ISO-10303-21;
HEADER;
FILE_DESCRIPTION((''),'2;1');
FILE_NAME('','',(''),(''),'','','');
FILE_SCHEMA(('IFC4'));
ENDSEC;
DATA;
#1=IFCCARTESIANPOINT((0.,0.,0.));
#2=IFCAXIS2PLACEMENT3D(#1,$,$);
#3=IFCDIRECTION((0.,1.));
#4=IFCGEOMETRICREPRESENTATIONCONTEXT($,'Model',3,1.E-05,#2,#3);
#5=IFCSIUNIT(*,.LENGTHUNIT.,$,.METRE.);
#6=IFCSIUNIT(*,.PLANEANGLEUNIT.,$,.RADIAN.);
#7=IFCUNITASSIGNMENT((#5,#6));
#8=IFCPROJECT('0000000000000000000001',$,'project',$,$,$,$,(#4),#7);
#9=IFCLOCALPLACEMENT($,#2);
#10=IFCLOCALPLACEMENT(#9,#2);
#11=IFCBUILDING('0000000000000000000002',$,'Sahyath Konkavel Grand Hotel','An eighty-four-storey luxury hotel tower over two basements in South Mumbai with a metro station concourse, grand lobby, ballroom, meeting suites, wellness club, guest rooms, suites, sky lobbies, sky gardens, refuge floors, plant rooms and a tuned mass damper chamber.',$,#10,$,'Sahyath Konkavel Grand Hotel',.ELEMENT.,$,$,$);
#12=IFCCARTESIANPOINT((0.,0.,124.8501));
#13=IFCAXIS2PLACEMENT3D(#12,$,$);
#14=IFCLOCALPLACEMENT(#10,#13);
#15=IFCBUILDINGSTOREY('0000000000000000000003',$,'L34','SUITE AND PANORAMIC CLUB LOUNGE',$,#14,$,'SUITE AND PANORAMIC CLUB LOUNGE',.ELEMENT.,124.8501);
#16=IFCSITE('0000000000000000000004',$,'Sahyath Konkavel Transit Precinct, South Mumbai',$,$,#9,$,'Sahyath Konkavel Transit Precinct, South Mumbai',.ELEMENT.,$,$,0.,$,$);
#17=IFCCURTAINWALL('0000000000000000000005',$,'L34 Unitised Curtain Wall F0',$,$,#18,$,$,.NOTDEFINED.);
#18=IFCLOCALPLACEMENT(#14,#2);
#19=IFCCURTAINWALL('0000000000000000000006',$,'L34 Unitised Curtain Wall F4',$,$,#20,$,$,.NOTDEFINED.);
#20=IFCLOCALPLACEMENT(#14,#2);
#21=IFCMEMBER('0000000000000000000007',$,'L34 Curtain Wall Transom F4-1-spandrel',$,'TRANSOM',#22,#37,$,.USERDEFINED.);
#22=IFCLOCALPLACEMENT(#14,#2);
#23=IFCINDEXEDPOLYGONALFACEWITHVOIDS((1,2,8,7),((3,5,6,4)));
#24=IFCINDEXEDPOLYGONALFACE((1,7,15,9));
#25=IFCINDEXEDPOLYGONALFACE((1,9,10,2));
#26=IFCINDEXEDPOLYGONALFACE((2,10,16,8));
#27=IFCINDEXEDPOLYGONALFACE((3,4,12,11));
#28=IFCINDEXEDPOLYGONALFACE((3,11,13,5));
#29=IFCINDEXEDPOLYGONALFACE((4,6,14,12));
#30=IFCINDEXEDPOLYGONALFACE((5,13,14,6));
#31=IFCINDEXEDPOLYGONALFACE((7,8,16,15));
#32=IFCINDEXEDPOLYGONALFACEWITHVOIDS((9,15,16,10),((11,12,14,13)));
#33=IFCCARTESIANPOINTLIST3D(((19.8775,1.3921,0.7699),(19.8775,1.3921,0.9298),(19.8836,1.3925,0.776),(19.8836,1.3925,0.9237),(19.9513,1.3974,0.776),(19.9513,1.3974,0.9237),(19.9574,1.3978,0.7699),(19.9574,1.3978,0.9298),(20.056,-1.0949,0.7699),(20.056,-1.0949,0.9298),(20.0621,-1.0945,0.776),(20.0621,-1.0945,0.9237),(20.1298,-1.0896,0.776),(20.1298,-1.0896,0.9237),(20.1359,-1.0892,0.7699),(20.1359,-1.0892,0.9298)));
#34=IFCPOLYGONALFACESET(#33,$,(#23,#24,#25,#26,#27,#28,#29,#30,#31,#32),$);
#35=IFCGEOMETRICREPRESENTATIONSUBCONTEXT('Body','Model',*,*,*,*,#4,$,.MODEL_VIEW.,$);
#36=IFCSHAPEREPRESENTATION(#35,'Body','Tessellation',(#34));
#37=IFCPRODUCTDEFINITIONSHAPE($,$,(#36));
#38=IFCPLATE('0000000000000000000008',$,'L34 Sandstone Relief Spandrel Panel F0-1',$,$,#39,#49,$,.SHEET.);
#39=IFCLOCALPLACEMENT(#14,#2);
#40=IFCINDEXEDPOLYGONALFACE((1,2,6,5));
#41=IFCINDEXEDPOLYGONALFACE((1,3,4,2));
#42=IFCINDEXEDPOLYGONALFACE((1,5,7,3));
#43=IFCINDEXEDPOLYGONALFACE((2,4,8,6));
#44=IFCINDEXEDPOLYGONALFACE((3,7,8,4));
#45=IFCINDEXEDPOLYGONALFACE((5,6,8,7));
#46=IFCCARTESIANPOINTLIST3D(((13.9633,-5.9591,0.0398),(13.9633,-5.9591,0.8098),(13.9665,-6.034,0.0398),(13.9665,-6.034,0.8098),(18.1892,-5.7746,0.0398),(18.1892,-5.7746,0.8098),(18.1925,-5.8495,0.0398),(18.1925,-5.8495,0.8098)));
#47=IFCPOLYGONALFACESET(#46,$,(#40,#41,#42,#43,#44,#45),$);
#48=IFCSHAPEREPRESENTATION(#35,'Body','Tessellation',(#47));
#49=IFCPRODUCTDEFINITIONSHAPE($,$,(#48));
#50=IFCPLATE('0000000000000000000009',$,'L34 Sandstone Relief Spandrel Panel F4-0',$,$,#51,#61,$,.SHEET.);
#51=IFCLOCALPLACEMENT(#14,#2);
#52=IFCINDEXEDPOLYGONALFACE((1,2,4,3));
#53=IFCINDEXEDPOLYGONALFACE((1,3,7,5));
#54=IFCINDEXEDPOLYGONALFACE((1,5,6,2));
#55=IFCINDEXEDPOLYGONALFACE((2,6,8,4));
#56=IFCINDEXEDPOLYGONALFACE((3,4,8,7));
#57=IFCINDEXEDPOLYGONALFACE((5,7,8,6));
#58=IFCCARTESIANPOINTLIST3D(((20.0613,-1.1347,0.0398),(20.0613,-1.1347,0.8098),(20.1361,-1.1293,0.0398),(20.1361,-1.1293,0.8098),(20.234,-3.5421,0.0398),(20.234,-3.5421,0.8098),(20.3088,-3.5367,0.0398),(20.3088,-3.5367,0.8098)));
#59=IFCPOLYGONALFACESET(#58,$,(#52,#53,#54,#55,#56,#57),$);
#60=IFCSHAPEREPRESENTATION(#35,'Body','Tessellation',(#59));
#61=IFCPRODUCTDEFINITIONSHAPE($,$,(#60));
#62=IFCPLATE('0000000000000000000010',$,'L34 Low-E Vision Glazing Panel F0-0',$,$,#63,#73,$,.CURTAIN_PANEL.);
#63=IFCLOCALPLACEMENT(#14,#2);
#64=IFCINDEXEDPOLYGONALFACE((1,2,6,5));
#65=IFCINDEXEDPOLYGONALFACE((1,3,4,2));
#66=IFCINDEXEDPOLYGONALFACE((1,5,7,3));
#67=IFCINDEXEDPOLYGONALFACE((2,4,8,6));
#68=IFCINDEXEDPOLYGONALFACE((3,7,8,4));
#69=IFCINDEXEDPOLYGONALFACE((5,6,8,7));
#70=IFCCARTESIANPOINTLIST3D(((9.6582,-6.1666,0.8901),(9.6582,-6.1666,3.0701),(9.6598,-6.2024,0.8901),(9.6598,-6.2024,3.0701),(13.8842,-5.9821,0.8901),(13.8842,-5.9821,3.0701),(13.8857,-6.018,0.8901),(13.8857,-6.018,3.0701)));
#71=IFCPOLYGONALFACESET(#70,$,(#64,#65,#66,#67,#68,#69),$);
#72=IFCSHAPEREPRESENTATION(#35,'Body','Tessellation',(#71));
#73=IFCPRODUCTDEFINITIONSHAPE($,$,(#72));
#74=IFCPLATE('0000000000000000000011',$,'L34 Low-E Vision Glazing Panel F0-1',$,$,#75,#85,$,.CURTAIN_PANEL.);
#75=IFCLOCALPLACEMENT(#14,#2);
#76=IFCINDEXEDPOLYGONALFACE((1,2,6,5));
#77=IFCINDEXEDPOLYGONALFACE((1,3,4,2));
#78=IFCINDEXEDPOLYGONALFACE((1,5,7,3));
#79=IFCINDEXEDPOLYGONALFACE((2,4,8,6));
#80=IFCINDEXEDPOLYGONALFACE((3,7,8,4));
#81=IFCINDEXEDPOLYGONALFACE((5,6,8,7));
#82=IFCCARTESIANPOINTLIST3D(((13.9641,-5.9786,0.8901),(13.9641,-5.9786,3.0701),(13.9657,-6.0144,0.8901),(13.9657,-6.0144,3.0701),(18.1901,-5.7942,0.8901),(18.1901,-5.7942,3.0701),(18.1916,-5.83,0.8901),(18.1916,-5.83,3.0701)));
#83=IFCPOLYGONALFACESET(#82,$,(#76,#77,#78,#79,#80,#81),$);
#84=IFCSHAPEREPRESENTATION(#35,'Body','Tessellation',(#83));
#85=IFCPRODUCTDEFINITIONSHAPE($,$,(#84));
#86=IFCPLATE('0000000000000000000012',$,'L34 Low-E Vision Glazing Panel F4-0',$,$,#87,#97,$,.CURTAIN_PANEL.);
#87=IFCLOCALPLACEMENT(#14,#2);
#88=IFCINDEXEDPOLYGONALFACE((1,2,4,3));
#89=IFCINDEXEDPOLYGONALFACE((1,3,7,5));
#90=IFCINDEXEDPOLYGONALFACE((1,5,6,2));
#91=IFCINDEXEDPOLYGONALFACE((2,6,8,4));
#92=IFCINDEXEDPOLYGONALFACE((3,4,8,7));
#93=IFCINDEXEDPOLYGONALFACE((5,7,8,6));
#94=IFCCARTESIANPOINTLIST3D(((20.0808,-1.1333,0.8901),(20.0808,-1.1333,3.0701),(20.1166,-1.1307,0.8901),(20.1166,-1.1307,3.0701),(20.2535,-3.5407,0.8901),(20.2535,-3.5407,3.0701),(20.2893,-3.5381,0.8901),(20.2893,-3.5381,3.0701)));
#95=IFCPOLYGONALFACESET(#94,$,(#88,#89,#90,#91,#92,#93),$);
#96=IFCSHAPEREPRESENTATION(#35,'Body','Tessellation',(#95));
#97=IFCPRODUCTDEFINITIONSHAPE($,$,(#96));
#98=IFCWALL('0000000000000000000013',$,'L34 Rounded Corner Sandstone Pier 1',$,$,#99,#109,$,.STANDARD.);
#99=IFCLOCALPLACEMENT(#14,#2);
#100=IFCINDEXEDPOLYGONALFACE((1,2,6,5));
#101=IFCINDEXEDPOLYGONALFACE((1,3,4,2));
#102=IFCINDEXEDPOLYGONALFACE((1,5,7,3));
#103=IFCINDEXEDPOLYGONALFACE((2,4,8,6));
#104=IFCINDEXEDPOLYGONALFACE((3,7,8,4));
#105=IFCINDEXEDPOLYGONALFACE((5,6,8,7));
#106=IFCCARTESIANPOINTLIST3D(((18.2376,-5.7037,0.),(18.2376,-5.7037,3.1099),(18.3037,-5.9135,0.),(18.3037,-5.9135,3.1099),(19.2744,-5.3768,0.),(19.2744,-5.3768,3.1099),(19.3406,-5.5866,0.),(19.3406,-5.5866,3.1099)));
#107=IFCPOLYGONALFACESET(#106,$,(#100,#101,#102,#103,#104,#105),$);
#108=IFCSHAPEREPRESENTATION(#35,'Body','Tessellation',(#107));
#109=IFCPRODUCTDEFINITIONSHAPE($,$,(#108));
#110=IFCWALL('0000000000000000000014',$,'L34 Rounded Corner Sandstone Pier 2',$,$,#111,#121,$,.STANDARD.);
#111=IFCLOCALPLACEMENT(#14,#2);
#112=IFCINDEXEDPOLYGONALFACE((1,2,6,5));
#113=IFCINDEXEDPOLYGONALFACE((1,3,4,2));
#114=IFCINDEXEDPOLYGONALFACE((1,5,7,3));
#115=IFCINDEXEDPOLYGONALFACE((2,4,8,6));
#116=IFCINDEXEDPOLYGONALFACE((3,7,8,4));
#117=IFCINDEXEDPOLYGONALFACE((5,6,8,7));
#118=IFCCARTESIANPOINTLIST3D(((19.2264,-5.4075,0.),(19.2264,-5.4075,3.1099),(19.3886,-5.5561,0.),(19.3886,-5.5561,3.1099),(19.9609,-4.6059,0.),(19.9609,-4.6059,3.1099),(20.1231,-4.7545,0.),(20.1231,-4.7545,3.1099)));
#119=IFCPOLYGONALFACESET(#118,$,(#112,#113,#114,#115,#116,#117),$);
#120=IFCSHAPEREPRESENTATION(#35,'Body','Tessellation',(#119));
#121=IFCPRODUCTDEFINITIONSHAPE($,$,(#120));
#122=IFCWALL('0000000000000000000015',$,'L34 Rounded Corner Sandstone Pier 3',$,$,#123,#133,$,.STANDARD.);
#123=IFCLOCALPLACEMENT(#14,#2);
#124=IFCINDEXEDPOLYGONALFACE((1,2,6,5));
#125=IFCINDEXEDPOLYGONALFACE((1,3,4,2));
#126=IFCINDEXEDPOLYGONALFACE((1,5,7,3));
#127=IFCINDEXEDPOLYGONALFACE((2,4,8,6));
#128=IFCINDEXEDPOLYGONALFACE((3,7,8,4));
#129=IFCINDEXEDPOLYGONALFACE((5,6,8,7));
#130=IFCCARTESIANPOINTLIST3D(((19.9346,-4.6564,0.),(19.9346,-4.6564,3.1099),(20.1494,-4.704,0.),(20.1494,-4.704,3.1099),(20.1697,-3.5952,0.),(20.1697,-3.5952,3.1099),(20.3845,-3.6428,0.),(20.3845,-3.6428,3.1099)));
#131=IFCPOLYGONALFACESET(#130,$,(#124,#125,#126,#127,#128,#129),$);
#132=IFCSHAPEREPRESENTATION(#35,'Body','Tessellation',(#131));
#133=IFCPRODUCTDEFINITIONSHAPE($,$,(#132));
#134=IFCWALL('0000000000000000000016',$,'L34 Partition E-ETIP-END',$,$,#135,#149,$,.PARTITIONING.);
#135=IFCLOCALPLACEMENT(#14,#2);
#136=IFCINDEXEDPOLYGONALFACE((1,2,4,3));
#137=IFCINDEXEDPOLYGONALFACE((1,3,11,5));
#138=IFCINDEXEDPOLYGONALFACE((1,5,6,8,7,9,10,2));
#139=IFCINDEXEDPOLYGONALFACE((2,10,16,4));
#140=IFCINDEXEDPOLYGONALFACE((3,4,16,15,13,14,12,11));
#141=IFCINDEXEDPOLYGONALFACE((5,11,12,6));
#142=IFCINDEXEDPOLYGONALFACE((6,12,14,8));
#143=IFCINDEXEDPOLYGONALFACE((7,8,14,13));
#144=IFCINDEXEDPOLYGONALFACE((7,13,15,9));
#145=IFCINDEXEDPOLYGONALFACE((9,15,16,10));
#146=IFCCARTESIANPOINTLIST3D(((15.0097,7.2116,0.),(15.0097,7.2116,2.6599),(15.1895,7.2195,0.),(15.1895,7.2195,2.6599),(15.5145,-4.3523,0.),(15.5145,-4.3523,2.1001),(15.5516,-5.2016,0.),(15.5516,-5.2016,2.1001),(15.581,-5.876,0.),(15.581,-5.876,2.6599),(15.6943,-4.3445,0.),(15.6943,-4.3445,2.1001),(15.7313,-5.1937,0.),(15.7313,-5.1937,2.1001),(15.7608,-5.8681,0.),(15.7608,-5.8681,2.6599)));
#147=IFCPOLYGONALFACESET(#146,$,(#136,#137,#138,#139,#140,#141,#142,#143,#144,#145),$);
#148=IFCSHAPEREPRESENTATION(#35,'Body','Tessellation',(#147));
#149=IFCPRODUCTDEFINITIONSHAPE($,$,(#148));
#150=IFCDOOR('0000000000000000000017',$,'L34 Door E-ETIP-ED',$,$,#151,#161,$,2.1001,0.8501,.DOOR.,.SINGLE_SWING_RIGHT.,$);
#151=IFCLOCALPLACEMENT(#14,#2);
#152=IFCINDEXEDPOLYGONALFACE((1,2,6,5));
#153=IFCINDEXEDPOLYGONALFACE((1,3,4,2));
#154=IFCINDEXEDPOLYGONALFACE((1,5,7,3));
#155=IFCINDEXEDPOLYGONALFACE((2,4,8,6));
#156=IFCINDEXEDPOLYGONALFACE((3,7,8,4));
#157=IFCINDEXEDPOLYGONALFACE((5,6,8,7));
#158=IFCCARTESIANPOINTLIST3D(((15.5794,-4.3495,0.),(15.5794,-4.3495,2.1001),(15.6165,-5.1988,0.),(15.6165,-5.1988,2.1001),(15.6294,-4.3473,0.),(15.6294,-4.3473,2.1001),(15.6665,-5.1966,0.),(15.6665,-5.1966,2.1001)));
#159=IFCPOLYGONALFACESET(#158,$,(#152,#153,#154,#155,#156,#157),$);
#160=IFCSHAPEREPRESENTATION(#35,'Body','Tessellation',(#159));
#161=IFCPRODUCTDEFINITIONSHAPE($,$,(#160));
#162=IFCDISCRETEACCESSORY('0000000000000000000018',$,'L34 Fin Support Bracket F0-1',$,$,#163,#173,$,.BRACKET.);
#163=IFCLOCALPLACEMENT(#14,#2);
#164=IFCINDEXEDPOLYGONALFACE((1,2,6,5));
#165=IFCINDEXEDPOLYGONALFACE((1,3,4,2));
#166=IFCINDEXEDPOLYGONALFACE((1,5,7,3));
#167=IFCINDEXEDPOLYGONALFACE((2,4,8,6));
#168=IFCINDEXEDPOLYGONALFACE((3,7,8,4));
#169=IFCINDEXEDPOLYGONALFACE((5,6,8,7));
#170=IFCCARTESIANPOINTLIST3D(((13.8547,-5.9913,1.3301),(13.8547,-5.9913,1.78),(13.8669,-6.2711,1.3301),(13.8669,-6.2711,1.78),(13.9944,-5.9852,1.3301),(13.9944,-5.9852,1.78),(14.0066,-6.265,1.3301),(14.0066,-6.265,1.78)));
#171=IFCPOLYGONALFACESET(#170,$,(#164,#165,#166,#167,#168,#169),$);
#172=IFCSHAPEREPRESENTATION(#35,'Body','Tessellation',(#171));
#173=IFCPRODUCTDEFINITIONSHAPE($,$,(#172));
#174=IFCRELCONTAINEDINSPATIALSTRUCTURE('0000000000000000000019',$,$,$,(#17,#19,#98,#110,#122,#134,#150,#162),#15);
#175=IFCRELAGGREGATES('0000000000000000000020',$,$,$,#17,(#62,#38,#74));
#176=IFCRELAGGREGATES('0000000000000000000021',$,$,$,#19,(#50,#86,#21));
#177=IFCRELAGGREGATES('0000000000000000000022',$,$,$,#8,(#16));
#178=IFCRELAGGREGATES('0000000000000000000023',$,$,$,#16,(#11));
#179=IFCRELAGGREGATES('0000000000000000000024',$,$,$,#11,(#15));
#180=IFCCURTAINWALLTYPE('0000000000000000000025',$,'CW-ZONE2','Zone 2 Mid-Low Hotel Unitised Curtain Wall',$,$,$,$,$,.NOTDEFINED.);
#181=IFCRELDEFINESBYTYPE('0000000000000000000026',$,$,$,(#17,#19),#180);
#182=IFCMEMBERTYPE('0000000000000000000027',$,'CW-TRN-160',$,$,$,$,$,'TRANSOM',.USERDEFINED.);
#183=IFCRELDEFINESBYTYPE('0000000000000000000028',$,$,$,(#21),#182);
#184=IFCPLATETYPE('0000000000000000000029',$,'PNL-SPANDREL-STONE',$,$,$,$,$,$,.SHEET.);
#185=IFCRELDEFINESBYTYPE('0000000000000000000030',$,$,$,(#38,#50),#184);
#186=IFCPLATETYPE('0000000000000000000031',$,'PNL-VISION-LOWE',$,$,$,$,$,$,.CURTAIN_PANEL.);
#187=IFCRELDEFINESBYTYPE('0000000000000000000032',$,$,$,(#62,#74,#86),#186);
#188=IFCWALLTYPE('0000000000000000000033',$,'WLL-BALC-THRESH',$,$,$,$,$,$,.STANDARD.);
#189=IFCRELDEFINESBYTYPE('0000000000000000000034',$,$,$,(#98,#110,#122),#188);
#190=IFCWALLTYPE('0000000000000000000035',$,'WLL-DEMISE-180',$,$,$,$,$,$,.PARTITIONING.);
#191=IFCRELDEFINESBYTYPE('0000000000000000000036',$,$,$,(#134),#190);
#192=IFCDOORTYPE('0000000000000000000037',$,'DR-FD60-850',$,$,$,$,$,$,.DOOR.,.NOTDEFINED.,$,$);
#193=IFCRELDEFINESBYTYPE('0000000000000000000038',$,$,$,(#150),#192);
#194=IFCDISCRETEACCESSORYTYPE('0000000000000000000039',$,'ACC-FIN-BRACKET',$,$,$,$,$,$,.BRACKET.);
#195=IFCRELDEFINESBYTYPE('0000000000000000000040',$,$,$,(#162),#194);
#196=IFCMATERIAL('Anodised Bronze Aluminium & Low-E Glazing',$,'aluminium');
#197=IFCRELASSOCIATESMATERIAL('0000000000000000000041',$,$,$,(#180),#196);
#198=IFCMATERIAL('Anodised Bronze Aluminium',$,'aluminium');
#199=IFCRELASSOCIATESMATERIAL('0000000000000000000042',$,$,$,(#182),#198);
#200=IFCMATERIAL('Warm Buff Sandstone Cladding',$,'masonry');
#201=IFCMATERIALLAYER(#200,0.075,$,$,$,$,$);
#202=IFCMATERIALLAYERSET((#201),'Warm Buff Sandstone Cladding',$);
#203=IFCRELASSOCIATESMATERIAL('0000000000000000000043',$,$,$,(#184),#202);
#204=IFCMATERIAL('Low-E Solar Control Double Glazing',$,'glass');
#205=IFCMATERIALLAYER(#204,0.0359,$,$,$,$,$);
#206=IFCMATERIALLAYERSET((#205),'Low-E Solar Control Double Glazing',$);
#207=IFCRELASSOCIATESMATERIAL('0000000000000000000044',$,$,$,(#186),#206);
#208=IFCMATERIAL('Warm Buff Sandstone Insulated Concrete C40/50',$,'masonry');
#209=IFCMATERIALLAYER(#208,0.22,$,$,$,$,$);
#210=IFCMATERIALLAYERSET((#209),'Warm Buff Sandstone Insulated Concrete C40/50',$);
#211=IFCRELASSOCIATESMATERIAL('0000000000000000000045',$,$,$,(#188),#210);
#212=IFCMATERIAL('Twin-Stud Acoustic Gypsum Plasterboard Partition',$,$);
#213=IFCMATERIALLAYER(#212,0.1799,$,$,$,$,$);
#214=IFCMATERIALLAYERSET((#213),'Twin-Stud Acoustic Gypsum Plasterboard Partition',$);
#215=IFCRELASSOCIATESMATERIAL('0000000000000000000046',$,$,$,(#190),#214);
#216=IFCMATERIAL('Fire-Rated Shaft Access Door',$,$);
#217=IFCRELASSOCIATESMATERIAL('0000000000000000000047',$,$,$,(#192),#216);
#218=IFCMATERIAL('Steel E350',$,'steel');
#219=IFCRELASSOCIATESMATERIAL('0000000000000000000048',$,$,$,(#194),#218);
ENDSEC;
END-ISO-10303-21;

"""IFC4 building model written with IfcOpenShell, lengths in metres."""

from ifc_helpers import new_model, si_unit, direction, frame, frame_2d, origin, origin_2d, place, context, subcontext, project, spatial, rectangle, hollow_rectangle, extrude, source, transform, mapped, material, layer, layer_set, material_profile, profile_set, type_object, element, fill, aggregate, save


model = new_model("IFC4")

# Units and contexts
model_context = context("Model", 3, precision=1e-05, world=origin(), true_north=direction((0.0, 1.0)))
body_context = subcontext(model_context, "Body", "Model", "MODEL_VIEW")
ifc_project = project(units=[si_unit("LENGTHUNIT", "METRE"), si_unit("PLANEANGLEUNIT", "RADIAN")], contexts=[model_context])

# Site, building, storey
site_placement = place(None, origin())
site = spatial("IfcSite", under=ifc_project, at=site_placement, Name="Sahyath Konkavel Transit Precinct, South Mumbai", LongName="Sahyath Konkavel Transit Precinct, South Mumbai", CompositionType="ELEMENT", RefElevation=0.0)
building_placement = place(site_placement, origin())
building = spatial("IfcBuilding", under=site, at=building_placement, Name="Sahyath Konkavel Grand Hotel", Description="An eighty-four-storey luxury hotel tower over two basements in South Mumbai with a metro station concourse, grand lobby, ballroom, meeting suites, wellness club, guest rooms, suites, sky lobbies, sky gardens, refuge floors, plant rooms and a tuned mass damper chamber.", LongName="Sahyath Konkavel Grand Hotel", CompositionType="ELEMENT")
storey_placement = place(building_placement, frame((0.0, 0.0, 124.8501)))
storey = spatial("IfcBuildingStorey", under=building, at=storey_placement, Name="L34", Description="SUITE AND PANORAMIC CLUB LOUNGE", LongName="SUITE AND PANORAMIC CLUB LOUNGE", CompositionType="ELEMENT", Elevation=124.8501)

# Shared definitions
ifc_material_1 = material(Name="Steel E350", Category="steel")

# Curtain walls
ifc_material_2 = material(Name="Anodised Bronze Aluminium & Low-E Glazing", Category="aluminium")
curtain_wall_type = type_object("IfcCurtainWallType", Name="CW-ZONE2", Description="Zone 2 Mid-Low Hotel Unitised Curtain Wall", PredefinedType="NOTDEFINED", material=ifc_material_2)
curtain_wall_1_placement = place(storey_placement, origin())
curtain_wall_1 = element("IfcCurtainWall", 1, at=curtain_wall_1_placement, inside=storey, type_object=curtain_wall_type, Name="L34 Unitised Curtain Wall F0", PredefinedType="NOTDEFINED")
ifc_material_3 = material(Name="Anodised Bronze Aluminium", Category="aluminium")
curtain_wall_2_placement = place(storey_placement, origin())
curtain_wall_2 = element("IfcCurtainWall", 2, at=curtain_wall_2_placement, inside=storey, type_object=curtain_wall_type, Name="L34 Unitised Curtain Wall F4", PredefinedType="NOTDEFINED")

# Member
ifc_material_profile_1 = material_profile(ifc_material_3, hollow_rectangle(XDim=0.0801, YDim=0.1599, WallThickness=0.0061, at=origin_2d()), Name="RHS 160x80x6")
ifc_profile_set_1 = profile_set([ifc_material_profile_1], Name="Anodised Bronze Aluminium")
member_type_1 = type_object("IfcMemberType", Name="CW-TRN-160", ElementType="TRANSOM", PredefinedType="USERDEFINED", material=ifc_profile_set_1)
shared_shape_1 = source(origin(), body_context, "Body", "SweptSolid", [
    extrude(hollow_rectangle(XDim=0.0801, YDim=0.1599, WallThickness=0.0061, at=origin_2d()), origin(), (0.0, 0.0, 1.0), 2.4934),
])
member_1_placement = place(storey_placement, frame((20.0959, -1.092, 0.8499), z_axis=(-0.071574, 0.997435, 0.0), x_axis=(-0.997435, -0.071574, 0.0)))
member_1 = element("IfcMember", 3, at=member_1_placement, type_object=member_type_1, Name="L34 Curtain Wall Transom F4-1-spandrel", ObjectType="TRANSOM", PredefinedType="USERDEFINED", context=body_context, shape_type="MappedRepresentation", body=[
    mapped(shared_shape_1, transform((0.0, 0.0, 0.0), scale=1.0)),
])

# Plates
ifc_material_4 = material(Name="Warm Buff Sandstone Cladding", Category="masonry")
ifc_layer_1 = layer(ifc_material_4, 0.075)
ifc_layer_set_1 = layer_set([ifc_layer_1], Name="Warm Buff Sandstone Cladding")
plate_type_1 = type_object("IfcPlateType", Name="PNL-SPANDREL-STONE", PredefinedType="SHEET", material=ifc_layer_set_1)
shared_shape_2 = source(origin(), body_context, "Body", "SweptSolid", [
    extrude(rectangle(XDim=4.23, YDim=0.075, at=origin_2d()), origin(), (0.0, 0.0, 1.0), 0.77),
])
plate_1_placement = place(storey_placement, frame((16.0779, -5.9043, 0.0398), z_axis=(0.0, 0.0, 1.0), x_axis=(0.999049, 0.043602, 0.0)))
plate_1 = element("IfcPlate", 4, at=plate_1_placement, type_object=plate_type_1, Name="L34 Sandstone Relief Spandrel Panel F0-1", PredefinedType="SHEET", context=body_context, shape_type="MappedRepresentation", body=[
    mapped(shared_shape_2, transform((0.0, 0.0, 0.0), scale=1.0)),
])
shared_shape_3 = source(origin(), body_context, "Body", "SweptSolid", [
    extrude(rectangle(XDim=2.4136, YDim=0.075, at=origin_2d()), origin(), (0.0, 0.0, 1.0), 0.77),
])
plate_2_placement = place(storey_placement, frame((20.1851, -2.3357, 0.0398), z_axis=(0.0, 0.0, 1.0), x_axis=(-0.071567, 0.997436, 0.0)))
plate_2 = element("IfcPlate", 5, at=plate_2_placement, type_object=plate_type_1, Name="L34 Sandstone Relief Spandrel Panel F4-0", PredefinedType="SHEET", context=body_context, shape_type="MappedRepresentation", body=[
    mapped(shared_shape_3, transform((0.0, 0.0, 0.0), scale=1.0)),
])
ifc_material_5 = material(Name="Low-E Solar Control Double Glazing", Category="glass")
ifc_layer_2 = layer(ifc_material_5, 0.0359)
ifc_layer_set_2 = layer_set([ifc_layer_2], Name="Low-E Solar Control Double Glazing")
plate_type_2 = type_object("IfcPlateType", Name="PNL-VISION-LOWE", PredefinedType="CURTAIN_PANEL", material=ifc_layer_set_2)
shared_shape_4 = source(origin(), body_context, "Body", "SweptSolid", [
    extrude(rectangle(XDim=4.23, YDim=0.0359, at=origin_2d()), origin(), (0.0, 0.0, 1.0), 2.1799),
])
plate_3_placement = place(storey_placement, frame((11.772, -6.0923, 0.8901), z_axis=(0.0, 0.0, 1.0), x_axis=(0.999049, 0.043602, 0.0)))
plate_3 = element("IfcPlate", 6, at=plate_3_placement, type_object=plate_type_2, Name="L34 Low-E Vision Glazing Panel F0-0", PredefinedType="CURTAIN_PANEL", context=body_context, shape_type="MappedRepresentation", body=[
    mapped(shared_shape_4, transform((0.0, 0.0, 0.0), scale=1.0)),
])
plate_4_placement = place(storey_placement, frame((16.0779, -5.9043, 0.8901), z_axis=(0.0, 0.0, 1.0), x_axis=(0.999049, 0.043602, 0.0)))
plate_4 = element("IfcPlate", 7, at=plate_4_placement, type_object=plate_type_2, Name="L34 Low-E Vision Glazing Panel F0-1", PredefinedType="CURTAIN_PANEL", context=body_context, shape_type="MappedRepresentation", body=[
    mapped(shared_shape_4, transform((0.0, 0.0, 0.0), scale=1.0)),
])
aggregate(curtain_wall_1, [plate_3, plate_1, plate_4])
shared_shape_5 = source(origin(), body_context, "Body", "SweptSolid", [
    extrude(rectangle(XDim=2.4136, YDim=0.0359, at=origin_2d()), origin(), (0.0, 0.0, 1.0), 2.1799),
])
plate_5_placement = place(storey_placement, frame((20.1851, -2.3357, 0.8901), z_axis=(0.0, 0.0, 1.0), x_axis=(-0.071567, 0.997436, 0.0)))
plate_5 = element("IfcPlate", 8, at=plate_5_placement, type_object=plate_type_2, Name="L34 Low-E Vision Glazing Panel F4-0", PredefinedType="CURTAIN_PANEL", context=body_context, shape_type="MappedRepresentation", body=[
    mapped(shared_shape_5, transform((0.0, 0.0, 0.0), scale=1.0)),
])
aggregate(curtain_wall_2, [plate_2, plate_5, member_1])

# Walls
ifc_material_6 = material(Name="Warm Buff Sandstone Insulated Concrete C40/50", Category="masonry")
ifc_layer_3 = layer(ifc_material_6, 0.22)
ifc_layer_set_3 = layer_set([ifc_layer_3], Name="Warm Buff Sandstone Insulated Concrete C40/50")
wall_type_1 = type_object("IfcWallType", Name="WLL-BALC-THRESH", PredefinedType="STANDARD", material=ifc_layer_set_3)
for number, where, z_axis, x_axis, name in (
    (9, (18.2708, -5.8086, 0.0), (0.0, 0.0, 1.0), (0.953722, 0.300691, 0.0), "L34 Rounded Corner Sandstone Pier 1"),
    (10, (19.3076, -5.4817, 0.0), (0.0, 0.0, 1.0), (0.675552, 0.737313, 0.0), "L34 Rounded Corner Sandstone Pier 2"),
):
    element("IfcWall", number, at=place(storey_placement, frame(where, z_axis=z_axis, x_axis=x_axis)), inside=storey, type_object=wall_type_1, Name=name, PredefinedType="STANDARD", context=body_context, shape_type="SweptSolid", body=[
        extrude(rectangle(XDim=1.0872, YDim=0.22, at=frame_2d((0.5435, 0.0))), origin(), (0.0, 0.0, 1.0), 3.1099),
    ])
wall_1_placement = place(storey_placement, frame((20.042, -4.6802, 0.0), z_axis=(0.0, 0.0, 1.0), x_axis=(0.216288, 0.97633, 0.0)))
element("IfcWall", 11, at=wall_1_placement, inside=storey, type_object=wall_type_1, Name="L34 Rounded Corner Sandstone Pier 3", PredefinedType="STANDARD", context=body_context, shape_type="SweptSolid", body=[
    extrude(rectangle(XDim=1.0869, YDim=0.22, at=frame_2d((0.5435, 0.0))), origin(), (0.0, 0.0, 1.0), 3.1099),
])

# Wall, opening, door
ifc_material_7 = material(Name="Twin-Stud Acoustic Gypsum Plasterboard Partition")
ifc_layer_4 = layer(ifc_material_7, 0.1799)
ifc_layer_set_4 = layer_set([ifc_layer_4], Name="Twin-Stud Acoustic Gypsum Plasterboard Partition")
wall_type_2 = type_object("IfcWallType", Name="WLL-DEMISE-180", PredefinedType="PARTITIONING", material=ifc_layer_set_4)
wall_2_placement = place(storey_placement, frame((15.6709, -5.8721, 0.0), z_axis=(0.0, 0.0, 1.0), x_axis=(-0.043609, 0.999049, 0.0)))
wall_2 = element("IfcWall", 12, at=wall_2_placement, inside=storey, type_object=wall_type_2, Name="L34 Partition E-ETIP-END", PredefinedType="PARTITIONING", context=body_context, shape_type="SweptSolid", body=[
    extrude(rectangle(XDim=13.1001, YDim=0.1799, at=frame_2d((6.55, 0.0))), origin(), (0.0, 0.0, 1.0), 2.6599),
])
opening_placement = place(wall_2_placement, frame((0.675, 0.0, 0.0)))
opening = element("IfcOpeningElement", 13, at=opening_placement, cuts=wall_2, PredefinedType="OPENING", context=body_context, shape_type="SweptSolid", body=[
    extrude(rectangle(XDim=0.8501, YDim=2.1001, at=frame_2d((0.425, 1.05))), frame((0.0, 0.1001, 0.0), z_axis=(0.0, -1.0, 0.0), x_axis=(1.0, 0.0, 0.0)), (0.0, 0.0, 1.0), 0.2),
])
ifc_material_8 = material(Name="Fire-Rated Shaft Access Door")
door_type = type_object("IfcDoorType", Name="DR-FD60-850", OperationType="NOTDEFINED", PredefinedType="DOOR", material=ifc_material_8)
shared_shape_6 = source(origin(), body_context, "Body", "SweptSolid", [
    extrude(rectangle(XDim=0.8501, YDim=0.05, at=origin_2d()), origin(), (0.0, 0.0, 1.0), 2.1001),
])
door_placement = place(opening_placement, frame((0.425, 0.0, 0.0)))
door = element("IfcDoor", 14, at=door_placement, inside=storey, type_object=door_type, Name="L34 Door E-ETIP-ED", OperationType="SINGLE_SWING_RIGHT", OverallHeight=2.1001, OverallWidth=0.8501, PredefinedType="DOOR", context=body_context, shape_type="MappedRepresentation", body=[
    mapped(shared_shape_6, transform((0.0, 0.0, 0.0), scale=1.0)),
])
fill(opening, door)

# Discrete accessory
discrete_accessory_type = type_object("IfcDiscreteAccessoryType", Name="ACC-FIN-BRACKET", PredefinedType="BRACKET", material=ifc_material_1)
shared_shape_7 = source(origin(), body_context, "Body", "SweptSolid", [
    extrude(rectangle(XDim=0.28, YDim=0.1399, at=origin_2d()), origin(), (0.0, 0.0, 1.0), 0.45),
])
discrete_accessory_placement = place(storey_placement, frame((13.9307, -6.1282, 1.3301), z_axis=(0.0, 0.0, 1.0), x_axis=(0.043602, -0.999049, 0.0)))
element("IfcDiscreteAccessory", 15, at=discrete_accessory_placement, inside=storey, type_object=discrete_accessory_type, Name="L34 Fin Support Bracket F0-1", PredefinedType="BRACKET", context=body_context, shape_type="MappedRepresentation", body=[
    mapped(shared_shape_7, transform((0.0, 0.0, 0.0), scale=1.0)),
])

save(model, "model.ifc")
